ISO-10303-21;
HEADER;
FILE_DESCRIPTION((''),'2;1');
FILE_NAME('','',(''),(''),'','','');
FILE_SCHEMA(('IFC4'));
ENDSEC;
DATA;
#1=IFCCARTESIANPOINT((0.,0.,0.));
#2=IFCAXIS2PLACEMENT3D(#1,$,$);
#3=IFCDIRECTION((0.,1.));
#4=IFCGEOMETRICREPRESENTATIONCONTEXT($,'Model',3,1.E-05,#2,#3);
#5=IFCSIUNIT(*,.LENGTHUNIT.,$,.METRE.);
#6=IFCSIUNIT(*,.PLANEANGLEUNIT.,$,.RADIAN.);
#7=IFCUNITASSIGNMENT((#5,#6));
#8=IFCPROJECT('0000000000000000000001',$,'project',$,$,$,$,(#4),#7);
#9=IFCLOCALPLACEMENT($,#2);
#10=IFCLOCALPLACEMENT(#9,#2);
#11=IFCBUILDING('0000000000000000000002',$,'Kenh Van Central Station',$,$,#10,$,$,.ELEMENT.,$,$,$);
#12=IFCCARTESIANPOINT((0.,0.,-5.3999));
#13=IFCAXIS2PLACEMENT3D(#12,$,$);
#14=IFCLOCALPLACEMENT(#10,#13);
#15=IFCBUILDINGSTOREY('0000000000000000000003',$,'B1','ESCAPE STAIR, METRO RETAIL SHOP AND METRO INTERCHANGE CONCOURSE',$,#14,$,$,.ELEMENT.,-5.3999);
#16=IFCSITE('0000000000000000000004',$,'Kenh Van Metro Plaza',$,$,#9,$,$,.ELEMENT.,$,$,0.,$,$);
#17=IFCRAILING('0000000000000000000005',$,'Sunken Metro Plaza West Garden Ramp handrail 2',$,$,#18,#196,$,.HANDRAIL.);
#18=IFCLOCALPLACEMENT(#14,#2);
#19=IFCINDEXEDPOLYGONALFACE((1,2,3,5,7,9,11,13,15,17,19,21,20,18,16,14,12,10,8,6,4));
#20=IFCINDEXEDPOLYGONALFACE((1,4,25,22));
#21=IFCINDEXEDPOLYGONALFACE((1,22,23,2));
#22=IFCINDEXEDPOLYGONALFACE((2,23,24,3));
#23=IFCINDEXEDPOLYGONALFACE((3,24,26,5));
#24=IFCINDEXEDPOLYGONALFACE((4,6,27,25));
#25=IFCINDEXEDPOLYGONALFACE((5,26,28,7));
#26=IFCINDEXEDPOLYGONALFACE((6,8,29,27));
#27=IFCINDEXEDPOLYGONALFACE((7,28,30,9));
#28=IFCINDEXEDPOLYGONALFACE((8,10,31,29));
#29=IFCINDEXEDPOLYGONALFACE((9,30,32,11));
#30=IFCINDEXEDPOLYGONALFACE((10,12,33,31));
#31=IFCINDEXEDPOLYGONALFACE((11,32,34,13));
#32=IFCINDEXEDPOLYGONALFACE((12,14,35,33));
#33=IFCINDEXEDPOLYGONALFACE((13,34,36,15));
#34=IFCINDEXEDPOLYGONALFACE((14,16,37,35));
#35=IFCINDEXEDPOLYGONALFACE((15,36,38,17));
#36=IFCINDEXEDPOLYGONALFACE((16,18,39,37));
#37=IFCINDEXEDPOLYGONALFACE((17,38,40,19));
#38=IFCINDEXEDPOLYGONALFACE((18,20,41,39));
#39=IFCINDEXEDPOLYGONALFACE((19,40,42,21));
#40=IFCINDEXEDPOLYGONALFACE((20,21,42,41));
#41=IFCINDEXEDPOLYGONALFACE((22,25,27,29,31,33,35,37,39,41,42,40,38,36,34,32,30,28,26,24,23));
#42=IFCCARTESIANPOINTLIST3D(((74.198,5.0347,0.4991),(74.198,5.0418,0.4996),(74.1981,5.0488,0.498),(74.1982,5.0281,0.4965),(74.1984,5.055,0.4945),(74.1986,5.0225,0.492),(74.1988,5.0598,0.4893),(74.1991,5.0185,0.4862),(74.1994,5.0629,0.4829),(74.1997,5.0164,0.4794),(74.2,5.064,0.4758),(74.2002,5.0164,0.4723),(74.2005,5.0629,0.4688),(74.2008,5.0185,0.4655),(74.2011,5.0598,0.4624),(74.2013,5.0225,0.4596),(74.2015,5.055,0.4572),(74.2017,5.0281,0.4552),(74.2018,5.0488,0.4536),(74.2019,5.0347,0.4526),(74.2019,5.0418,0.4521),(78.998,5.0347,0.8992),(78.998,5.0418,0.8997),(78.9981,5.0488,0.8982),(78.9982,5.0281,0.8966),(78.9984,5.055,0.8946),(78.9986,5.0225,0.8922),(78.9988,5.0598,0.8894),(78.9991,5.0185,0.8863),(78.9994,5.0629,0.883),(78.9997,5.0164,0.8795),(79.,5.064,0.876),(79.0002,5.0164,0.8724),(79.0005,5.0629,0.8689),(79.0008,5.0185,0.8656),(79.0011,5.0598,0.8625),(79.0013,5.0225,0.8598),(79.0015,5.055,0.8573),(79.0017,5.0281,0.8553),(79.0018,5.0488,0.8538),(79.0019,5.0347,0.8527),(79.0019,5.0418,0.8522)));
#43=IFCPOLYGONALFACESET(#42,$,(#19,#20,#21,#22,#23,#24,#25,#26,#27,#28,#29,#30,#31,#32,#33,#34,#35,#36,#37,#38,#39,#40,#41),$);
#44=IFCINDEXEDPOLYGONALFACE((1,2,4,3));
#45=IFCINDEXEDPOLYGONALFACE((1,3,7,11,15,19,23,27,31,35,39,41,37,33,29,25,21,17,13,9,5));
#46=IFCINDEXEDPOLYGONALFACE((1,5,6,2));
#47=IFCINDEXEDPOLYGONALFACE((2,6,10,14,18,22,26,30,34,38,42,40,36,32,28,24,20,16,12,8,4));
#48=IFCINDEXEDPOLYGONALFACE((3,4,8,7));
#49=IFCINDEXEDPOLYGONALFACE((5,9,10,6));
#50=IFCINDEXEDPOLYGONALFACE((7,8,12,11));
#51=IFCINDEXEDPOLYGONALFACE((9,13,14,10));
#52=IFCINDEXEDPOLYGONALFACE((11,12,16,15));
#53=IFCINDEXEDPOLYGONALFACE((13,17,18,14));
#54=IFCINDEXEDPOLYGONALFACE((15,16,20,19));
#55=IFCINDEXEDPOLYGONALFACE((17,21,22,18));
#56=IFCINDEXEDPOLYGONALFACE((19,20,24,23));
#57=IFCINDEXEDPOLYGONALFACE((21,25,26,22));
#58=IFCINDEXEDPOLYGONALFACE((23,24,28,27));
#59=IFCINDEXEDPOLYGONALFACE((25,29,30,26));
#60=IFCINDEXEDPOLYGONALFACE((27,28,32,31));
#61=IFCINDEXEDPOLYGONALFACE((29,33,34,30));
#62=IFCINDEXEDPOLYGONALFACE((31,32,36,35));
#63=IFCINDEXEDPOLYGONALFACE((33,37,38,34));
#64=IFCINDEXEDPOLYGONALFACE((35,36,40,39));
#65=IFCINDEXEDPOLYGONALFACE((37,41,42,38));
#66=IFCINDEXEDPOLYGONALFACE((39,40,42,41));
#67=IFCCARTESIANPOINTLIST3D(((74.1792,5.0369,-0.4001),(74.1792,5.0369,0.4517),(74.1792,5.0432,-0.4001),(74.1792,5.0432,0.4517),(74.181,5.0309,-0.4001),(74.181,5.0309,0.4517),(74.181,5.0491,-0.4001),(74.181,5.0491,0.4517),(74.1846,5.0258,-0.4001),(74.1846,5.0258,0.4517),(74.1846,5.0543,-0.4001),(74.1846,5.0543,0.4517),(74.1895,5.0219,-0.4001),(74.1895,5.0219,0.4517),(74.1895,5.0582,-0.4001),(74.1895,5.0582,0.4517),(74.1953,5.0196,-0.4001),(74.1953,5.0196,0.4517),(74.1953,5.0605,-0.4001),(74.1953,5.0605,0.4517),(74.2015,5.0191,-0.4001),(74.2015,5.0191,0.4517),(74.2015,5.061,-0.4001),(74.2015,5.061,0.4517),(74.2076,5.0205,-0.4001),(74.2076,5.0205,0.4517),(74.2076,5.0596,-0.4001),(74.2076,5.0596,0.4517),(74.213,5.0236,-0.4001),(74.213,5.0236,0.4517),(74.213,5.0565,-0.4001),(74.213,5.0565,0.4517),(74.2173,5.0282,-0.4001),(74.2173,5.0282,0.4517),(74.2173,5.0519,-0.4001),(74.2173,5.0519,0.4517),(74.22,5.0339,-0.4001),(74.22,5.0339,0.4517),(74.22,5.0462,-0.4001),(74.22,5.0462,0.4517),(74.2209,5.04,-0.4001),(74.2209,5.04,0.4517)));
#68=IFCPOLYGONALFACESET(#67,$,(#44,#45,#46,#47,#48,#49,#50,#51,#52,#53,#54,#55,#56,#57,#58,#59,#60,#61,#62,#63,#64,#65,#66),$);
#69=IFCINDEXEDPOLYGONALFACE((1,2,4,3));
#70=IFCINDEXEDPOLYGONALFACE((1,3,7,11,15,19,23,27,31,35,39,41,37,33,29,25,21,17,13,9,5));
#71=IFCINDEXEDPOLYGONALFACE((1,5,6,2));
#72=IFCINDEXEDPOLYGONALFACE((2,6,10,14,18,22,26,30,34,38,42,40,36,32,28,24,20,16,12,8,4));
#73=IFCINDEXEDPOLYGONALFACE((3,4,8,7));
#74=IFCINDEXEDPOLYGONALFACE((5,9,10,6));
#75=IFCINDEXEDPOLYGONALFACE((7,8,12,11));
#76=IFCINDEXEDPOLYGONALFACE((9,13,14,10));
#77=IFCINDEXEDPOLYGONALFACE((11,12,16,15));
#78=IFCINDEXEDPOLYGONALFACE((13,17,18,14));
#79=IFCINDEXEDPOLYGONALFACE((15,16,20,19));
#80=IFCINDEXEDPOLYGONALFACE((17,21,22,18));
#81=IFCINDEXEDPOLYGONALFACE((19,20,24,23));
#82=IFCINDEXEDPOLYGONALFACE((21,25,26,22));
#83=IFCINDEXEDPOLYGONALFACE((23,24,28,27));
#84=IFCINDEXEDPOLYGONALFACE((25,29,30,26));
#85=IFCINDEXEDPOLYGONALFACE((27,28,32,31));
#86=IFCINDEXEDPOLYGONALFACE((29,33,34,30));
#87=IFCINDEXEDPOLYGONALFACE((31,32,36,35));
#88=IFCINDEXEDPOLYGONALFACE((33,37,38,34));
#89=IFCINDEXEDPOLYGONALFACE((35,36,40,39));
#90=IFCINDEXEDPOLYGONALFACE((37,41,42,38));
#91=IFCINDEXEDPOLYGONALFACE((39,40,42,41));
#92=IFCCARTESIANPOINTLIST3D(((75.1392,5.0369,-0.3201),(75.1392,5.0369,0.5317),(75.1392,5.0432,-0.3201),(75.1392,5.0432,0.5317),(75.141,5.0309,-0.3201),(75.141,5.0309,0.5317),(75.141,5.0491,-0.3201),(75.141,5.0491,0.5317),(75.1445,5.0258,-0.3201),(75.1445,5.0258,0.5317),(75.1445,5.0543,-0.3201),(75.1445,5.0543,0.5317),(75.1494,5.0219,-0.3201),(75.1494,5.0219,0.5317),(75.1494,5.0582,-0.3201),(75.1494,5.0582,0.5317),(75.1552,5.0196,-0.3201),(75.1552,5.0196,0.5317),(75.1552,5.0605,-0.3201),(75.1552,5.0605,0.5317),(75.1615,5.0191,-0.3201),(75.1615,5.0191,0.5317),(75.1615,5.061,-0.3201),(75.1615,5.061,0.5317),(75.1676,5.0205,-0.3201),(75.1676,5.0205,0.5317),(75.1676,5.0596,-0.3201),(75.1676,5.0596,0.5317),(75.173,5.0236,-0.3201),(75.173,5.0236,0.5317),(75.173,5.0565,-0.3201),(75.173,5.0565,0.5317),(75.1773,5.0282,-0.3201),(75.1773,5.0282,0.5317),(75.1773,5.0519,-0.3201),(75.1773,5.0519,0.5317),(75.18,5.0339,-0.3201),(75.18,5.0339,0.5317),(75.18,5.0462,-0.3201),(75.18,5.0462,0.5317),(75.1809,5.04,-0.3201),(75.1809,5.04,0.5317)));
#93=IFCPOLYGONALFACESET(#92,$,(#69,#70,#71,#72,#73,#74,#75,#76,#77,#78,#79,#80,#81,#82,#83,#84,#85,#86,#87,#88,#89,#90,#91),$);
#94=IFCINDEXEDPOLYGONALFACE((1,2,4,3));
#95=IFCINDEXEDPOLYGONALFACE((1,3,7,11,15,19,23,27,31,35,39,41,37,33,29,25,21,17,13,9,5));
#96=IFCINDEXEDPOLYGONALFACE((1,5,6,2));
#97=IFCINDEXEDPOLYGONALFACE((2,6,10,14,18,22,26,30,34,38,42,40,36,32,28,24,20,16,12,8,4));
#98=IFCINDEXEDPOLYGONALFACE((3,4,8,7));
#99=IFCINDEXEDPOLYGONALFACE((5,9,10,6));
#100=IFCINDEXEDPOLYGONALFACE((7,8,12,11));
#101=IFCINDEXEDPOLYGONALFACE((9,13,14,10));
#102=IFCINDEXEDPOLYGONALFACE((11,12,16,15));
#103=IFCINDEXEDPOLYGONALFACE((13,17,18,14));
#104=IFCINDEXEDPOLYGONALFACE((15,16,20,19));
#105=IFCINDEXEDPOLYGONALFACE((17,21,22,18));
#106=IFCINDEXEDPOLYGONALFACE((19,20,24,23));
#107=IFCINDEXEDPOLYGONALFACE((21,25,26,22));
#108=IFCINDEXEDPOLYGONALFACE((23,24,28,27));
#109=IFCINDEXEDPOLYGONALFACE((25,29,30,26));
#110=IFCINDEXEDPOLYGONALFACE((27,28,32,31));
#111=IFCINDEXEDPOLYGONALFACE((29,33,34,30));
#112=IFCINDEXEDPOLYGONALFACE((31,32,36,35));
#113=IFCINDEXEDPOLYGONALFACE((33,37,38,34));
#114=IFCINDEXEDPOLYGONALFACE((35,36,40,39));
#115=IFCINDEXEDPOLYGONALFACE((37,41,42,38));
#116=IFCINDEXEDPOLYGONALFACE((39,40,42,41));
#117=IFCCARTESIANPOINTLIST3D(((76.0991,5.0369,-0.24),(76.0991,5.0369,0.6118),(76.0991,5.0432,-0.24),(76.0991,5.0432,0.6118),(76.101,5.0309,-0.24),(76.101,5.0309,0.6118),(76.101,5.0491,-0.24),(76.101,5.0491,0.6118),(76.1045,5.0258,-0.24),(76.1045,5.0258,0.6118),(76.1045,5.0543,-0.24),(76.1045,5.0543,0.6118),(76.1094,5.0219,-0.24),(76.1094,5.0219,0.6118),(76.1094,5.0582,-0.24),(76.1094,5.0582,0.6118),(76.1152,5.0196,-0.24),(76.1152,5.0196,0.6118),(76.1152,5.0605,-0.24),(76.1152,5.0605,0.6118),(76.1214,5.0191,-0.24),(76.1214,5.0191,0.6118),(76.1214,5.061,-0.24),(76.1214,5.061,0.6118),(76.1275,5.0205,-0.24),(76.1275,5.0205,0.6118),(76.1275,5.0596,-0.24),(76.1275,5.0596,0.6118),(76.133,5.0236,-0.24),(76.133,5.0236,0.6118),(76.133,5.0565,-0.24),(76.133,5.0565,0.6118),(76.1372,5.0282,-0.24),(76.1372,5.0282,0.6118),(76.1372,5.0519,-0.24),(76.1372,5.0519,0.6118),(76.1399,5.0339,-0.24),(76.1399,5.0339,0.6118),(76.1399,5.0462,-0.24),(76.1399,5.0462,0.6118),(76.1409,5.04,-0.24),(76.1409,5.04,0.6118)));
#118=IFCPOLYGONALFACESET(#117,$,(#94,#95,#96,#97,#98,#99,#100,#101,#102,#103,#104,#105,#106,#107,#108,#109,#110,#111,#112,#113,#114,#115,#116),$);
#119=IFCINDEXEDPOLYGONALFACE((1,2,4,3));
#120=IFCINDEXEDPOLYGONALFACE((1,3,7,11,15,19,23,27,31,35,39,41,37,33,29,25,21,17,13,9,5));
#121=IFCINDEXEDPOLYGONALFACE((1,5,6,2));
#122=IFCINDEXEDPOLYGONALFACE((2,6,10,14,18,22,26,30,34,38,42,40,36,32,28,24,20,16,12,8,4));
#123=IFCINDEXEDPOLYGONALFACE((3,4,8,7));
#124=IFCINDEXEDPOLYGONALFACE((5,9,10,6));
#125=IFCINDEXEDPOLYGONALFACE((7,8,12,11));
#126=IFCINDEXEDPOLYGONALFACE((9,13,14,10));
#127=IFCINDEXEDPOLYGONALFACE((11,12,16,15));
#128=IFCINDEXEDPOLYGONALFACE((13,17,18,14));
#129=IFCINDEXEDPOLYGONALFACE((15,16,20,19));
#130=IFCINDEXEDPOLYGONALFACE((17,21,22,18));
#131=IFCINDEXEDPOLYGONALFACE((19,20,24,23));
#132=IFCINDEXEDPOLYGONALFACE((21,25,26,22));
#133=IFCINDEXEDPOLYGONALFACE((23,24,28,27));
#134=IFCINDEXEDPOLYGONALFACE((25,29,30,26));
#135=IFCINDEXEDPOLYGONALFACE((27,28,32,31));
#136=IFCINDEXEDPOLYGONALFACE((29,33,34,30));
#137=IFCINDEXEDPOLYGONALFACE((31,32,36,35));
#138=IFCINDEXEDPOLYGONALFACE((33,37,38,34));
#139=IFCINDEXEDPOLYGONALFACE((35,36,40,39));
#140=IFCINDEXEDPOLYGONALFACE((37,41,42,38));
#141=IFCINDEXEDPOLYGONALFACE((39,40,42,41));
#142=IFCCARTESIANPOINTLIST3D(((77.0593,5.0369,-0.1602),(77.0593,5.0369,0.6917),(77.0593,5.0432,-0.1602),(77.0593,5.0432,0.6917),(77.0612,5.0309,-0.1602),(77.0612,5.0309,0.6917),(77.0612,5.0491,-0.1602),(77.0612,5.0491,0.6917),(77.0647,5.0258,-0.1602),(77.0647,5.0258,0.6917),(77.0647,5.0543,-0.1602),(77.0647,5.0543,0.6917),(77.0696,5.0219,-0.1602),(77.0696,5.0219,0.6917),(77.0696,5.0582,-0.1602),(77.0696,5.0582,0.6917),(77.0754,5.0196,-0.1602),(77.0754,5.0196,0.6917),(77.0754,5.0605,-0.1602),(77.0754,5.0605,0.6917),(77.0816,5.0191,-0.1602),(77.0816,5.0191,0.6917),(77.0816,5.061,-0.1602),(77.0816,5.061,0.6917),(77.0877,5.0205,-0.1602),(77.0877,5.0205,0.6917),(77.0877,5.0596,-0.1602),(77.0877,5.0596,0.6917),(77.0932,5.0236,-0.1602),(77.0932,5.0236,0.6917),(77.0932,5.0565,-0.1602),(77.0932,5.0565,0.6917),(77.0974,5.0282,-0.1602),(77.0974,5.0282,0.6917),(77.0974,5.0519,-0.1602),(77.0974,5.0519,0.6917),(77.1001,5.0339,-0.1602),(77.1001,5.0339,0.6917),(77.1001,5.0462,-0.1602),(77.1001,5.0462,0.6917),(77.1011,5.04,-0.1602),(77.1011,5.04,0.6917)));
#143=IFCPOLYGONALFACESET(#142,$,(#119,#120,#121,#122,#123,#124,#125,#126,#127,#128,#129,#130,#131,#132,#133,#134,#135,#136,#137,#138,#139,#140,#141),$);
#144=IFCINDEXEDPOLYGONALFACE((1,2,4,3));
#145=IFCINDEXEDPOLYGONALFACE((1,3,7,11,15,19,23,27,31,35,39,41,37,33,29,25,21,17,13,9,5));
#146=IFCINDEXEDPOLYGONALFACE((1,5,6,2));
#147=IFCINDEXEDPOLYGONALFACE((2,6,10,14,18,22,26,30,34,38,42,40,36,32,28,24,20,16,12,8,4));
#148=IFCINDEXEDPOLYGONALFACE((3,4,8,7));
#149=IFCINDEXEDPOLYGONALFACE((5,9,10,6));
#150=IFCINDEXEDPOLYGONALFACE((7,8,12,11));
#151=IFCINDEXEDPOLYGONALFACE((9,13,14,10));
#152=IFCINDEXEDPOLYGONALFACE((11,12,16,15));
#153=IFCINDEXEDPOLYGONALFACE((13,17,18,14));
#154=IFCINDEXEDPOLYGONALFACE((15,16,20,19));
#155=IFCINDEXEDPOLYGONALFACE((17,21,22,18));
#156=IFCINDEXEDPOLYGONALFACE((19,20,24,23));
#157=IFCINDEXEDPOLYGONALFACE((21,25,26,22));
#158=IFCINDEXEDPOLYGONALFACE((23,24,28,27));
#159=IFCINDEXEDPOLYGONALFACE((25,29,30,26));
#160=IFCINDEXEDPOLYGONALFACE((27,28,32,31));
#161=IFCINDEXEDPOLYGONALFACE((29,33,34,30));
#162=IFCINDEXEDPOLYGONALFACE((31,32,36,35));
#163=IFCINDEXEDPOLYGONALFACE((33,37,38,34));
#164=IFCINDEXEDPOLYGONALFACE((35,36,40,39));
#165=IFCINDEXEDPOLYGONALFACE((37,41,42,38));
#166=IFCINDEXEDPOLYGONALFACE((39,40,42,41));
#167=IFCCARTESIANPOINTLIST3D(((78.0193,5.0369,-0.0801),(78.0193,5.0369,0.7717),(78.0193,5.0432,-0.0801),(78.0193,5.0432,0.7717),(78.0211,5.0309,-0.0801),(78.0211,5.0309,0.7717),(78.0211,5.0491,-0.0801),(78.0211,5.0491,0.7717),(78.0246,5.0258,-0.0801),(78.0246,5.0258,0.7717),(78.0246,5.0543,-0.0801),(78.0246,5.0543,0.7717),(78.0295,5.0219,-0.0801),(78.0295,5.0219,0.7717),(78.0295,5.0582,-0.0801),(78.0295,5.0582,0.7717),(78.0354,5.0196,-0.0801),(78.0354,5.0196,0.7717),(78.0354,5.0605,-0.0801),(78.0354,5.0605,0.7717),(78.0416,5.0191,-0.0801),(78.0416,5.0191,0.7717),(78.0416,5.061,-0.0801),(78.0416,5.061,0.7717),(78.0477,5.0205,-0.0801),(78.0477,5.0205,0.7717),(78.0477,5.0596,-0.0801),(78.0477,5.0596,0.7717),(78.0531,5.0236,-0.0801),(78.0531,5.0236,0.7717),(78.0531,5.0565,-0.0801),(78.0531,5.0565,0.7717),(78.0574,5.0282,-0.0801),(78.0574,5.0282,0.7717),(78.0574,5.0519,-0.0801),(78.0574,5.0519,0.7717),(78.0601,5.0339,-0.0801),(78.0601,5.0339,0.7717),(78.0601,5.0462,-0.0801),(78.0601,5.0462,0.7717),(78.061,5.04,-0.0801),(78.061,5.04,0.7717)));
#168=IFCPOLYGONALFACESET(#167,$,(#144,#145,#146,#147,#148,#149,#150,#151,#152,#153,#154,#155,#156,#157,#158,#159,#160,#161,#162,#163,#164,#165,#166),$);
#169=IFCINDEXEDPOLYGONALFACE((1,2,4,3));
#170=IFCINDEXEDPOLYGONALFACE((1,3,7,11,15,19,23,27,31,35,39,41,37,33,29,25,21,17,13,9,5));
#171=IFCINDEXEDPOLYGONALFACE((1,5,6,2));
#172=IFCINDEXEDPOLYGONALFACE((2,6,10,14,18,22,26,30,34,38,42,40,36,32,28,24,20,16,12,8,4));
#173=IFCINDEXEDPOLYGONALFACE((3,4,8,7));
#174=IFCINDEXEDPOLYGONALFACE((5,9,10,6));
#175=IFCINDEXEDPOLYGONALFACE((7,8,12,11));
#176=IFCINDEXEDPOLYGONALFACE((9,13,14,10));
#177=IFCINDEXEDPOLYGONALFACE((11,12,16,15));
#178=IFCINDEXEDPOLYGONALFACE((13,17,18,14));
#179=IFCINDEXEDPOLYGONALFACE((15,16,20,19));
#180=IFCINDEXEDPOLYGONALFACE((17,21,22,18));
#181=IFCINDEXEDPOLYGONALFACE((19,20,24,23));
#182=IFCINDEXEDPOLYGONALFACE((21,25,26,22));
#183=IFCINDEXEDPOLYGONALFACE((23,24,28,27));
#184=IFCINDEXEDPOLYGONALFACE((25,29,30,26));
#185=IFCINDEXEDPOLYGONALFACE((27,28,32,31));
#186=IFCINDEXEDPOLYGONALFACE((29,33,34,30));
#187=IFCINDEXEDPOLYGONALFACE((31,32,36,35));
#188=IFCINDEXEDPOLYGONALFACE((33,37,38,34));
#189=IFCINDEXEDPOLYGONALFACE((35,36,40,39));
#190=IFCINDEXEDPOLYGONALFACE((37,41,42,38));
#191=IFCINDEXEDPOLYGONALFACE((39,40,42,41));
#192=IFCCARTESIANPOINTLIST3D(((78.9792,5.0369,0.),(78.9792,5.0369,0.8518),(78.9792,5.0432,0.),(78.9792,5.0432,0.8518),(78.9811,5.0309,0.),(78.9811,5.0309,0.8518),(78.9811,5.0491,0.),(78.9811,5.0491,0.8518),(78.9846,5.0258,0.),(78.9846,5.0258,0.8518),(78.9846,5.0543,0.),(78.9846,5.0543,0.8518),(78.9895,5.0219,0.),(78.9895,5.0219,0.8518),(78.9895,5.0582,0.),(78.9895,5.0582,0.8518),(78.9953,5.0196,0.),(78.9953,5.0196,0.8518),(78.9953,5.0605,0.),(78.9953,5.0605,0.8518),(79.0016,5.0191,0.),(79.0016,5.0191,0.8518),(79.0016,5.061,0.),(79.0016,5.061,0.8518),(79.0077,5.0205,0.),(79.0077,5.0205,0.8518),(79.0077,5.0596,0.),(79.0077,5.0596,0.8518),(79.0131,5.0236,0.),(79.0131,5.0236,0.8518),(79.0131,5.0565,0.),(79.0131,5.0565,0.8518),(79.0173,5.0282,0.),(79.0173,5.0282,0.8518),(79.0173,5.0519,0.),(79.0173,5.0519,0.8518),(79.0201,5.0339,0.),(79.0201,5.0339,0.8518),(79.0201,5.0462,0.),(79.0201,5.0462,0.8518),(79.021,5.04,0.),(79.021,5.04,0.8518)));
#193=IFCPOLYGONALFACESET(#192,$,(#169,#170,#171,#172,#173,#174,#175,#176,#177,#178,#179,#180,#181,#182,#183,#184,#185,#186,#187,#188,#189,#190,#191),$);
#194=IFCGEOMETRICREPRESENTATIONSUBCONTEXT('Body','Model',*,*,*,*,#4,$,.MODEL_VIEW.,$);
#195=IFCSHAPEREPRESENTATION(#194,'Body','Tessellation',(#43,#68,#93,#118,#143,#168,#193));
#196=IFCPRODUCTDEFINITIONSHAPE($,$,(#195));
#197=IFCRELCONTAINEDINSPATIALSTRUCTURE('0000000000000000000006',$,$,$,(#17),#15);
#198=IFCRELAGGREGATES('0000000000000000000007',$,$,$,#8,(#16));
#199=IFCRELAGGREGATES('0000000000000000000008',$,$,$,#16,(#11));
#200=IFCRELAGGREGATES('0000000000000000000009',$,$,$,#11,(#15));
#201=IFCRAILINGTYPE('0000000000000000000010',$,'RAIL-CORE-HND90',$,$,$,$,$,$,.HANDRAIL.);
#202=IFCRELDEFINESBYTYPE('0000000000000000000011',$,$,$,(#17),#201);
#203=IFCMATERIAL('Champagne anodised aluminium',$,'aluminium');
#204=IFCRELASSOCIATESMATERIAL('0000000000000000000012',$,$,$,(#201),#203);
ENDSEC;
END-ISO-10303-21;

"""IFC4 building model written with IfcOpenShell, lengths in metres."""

from ifc_helpers import new_model, si_unit, direction, frame, origin, origin_2d, place, context, subcontext, project, spatial, circle, extrude, material, type_object, element, save


model = new_model("IFC4")

# Units and contexts
model_context = context("Model", 3, precision=1e-05, world=origin(), true_north=direction((0.0, 1.0)))
body_context = subcontext(model_context, "Body", "Model", "MODEL_VIEW")
ifc_project = project(units=[si_unit("LENGTHUNIT", "METRE"), si_unit("PLANEANGLEUNIT", "RADIAN")], contexts=[model_context])

# Site, building, storey
site_placement = place(None, origin())
site = spatial("IfcSite", under=ifc_project, at=site_placement, Name="Kenh Van Metro Plaza", CompositionType="ELEMENT", RefElevation=0.0)
building_placement = place(site_placement, origin())
building = spatial("IfcBuilding", under=site, at=building_placement, Name="Kenh Van Central Station", CompositionType="ELEMENT")
storey_placement = place(building_placement, frame((0.0, 0.0, -5.3999)))
storey = spatial("IfcBuildingStorey", under=building, at=storey_placement, Name="B1", Description="ESCAPE STAIR, METRO RETAIL SHOP AND METRO INTERCHANGE CONCOURSE", CompositionType="ELEMENT", Elevation=-5.3999)

# Railing
ifc_material_1 = material(Name="Champagne anodised aluminium", Category="aluminium")
railing_type_1 = type_object("IfcRailingType", Name="RAIL-CORE-HND90", PredefinedType="HANDRAIL", material=ifc_material_1)
for number, where, name in (
    (1, (74.2, 5.04, -0.4001), "Sunken Metro Plaza West Garden Ramp handrail 2"),
):
    element("IfcRailing", number, at=place(storey_placement, frame(where)), inside=storey, type_object=railing_type_1, Name=name, PredefinedType="HANDRAIL", context=body_context, shape_type="SweptSolid", body=[
        extrude(circle(Radius=0.0239, at=origin_2d()), frame((0.0, 0.0, 0.876), z_axis=(0.996543, 0.0, 0.083075), x_axis=(0.0, 1.0, 0.0)), (0.0, 0.0, 1.0), 4.8167),
        extrude(circle(Radius=0.021, at=origin_2d()), origin(), (0.0, 0.0, 1.0), 0.8518),
        extrude(circle(Radius=0.021, at=origin_2d()), frame((0.96, 0.0, 0.0801)), (0.0, 0.0, 1.0), 0.8518),
        extrude(circle(Radius=0.021, at=origin_2d()), frame((1.9199, 0.0, 0.1602)), (0.0, 0.0, 1.0), 0.8518),
        extrude(circle(Radius=0.021, at=origin_2d()), frame((2.8801, 0.0, 0.24)), (0.0, 0.0, 1.0), 0.8518),
        extrude(circle(Radius=0.021, at=origin_2d()), frame((3.8401, 0.0, 0.3201)), (0.0, 0.0, 1.0), 0.8518),
        extrude(circle(Radius=0.021, at=origin_2d()), frame((4.8, 0.0, 0.4001)), (0.0, 0.0, 1.0), 0.8518),
    ])

save(model, "model.ifc")
